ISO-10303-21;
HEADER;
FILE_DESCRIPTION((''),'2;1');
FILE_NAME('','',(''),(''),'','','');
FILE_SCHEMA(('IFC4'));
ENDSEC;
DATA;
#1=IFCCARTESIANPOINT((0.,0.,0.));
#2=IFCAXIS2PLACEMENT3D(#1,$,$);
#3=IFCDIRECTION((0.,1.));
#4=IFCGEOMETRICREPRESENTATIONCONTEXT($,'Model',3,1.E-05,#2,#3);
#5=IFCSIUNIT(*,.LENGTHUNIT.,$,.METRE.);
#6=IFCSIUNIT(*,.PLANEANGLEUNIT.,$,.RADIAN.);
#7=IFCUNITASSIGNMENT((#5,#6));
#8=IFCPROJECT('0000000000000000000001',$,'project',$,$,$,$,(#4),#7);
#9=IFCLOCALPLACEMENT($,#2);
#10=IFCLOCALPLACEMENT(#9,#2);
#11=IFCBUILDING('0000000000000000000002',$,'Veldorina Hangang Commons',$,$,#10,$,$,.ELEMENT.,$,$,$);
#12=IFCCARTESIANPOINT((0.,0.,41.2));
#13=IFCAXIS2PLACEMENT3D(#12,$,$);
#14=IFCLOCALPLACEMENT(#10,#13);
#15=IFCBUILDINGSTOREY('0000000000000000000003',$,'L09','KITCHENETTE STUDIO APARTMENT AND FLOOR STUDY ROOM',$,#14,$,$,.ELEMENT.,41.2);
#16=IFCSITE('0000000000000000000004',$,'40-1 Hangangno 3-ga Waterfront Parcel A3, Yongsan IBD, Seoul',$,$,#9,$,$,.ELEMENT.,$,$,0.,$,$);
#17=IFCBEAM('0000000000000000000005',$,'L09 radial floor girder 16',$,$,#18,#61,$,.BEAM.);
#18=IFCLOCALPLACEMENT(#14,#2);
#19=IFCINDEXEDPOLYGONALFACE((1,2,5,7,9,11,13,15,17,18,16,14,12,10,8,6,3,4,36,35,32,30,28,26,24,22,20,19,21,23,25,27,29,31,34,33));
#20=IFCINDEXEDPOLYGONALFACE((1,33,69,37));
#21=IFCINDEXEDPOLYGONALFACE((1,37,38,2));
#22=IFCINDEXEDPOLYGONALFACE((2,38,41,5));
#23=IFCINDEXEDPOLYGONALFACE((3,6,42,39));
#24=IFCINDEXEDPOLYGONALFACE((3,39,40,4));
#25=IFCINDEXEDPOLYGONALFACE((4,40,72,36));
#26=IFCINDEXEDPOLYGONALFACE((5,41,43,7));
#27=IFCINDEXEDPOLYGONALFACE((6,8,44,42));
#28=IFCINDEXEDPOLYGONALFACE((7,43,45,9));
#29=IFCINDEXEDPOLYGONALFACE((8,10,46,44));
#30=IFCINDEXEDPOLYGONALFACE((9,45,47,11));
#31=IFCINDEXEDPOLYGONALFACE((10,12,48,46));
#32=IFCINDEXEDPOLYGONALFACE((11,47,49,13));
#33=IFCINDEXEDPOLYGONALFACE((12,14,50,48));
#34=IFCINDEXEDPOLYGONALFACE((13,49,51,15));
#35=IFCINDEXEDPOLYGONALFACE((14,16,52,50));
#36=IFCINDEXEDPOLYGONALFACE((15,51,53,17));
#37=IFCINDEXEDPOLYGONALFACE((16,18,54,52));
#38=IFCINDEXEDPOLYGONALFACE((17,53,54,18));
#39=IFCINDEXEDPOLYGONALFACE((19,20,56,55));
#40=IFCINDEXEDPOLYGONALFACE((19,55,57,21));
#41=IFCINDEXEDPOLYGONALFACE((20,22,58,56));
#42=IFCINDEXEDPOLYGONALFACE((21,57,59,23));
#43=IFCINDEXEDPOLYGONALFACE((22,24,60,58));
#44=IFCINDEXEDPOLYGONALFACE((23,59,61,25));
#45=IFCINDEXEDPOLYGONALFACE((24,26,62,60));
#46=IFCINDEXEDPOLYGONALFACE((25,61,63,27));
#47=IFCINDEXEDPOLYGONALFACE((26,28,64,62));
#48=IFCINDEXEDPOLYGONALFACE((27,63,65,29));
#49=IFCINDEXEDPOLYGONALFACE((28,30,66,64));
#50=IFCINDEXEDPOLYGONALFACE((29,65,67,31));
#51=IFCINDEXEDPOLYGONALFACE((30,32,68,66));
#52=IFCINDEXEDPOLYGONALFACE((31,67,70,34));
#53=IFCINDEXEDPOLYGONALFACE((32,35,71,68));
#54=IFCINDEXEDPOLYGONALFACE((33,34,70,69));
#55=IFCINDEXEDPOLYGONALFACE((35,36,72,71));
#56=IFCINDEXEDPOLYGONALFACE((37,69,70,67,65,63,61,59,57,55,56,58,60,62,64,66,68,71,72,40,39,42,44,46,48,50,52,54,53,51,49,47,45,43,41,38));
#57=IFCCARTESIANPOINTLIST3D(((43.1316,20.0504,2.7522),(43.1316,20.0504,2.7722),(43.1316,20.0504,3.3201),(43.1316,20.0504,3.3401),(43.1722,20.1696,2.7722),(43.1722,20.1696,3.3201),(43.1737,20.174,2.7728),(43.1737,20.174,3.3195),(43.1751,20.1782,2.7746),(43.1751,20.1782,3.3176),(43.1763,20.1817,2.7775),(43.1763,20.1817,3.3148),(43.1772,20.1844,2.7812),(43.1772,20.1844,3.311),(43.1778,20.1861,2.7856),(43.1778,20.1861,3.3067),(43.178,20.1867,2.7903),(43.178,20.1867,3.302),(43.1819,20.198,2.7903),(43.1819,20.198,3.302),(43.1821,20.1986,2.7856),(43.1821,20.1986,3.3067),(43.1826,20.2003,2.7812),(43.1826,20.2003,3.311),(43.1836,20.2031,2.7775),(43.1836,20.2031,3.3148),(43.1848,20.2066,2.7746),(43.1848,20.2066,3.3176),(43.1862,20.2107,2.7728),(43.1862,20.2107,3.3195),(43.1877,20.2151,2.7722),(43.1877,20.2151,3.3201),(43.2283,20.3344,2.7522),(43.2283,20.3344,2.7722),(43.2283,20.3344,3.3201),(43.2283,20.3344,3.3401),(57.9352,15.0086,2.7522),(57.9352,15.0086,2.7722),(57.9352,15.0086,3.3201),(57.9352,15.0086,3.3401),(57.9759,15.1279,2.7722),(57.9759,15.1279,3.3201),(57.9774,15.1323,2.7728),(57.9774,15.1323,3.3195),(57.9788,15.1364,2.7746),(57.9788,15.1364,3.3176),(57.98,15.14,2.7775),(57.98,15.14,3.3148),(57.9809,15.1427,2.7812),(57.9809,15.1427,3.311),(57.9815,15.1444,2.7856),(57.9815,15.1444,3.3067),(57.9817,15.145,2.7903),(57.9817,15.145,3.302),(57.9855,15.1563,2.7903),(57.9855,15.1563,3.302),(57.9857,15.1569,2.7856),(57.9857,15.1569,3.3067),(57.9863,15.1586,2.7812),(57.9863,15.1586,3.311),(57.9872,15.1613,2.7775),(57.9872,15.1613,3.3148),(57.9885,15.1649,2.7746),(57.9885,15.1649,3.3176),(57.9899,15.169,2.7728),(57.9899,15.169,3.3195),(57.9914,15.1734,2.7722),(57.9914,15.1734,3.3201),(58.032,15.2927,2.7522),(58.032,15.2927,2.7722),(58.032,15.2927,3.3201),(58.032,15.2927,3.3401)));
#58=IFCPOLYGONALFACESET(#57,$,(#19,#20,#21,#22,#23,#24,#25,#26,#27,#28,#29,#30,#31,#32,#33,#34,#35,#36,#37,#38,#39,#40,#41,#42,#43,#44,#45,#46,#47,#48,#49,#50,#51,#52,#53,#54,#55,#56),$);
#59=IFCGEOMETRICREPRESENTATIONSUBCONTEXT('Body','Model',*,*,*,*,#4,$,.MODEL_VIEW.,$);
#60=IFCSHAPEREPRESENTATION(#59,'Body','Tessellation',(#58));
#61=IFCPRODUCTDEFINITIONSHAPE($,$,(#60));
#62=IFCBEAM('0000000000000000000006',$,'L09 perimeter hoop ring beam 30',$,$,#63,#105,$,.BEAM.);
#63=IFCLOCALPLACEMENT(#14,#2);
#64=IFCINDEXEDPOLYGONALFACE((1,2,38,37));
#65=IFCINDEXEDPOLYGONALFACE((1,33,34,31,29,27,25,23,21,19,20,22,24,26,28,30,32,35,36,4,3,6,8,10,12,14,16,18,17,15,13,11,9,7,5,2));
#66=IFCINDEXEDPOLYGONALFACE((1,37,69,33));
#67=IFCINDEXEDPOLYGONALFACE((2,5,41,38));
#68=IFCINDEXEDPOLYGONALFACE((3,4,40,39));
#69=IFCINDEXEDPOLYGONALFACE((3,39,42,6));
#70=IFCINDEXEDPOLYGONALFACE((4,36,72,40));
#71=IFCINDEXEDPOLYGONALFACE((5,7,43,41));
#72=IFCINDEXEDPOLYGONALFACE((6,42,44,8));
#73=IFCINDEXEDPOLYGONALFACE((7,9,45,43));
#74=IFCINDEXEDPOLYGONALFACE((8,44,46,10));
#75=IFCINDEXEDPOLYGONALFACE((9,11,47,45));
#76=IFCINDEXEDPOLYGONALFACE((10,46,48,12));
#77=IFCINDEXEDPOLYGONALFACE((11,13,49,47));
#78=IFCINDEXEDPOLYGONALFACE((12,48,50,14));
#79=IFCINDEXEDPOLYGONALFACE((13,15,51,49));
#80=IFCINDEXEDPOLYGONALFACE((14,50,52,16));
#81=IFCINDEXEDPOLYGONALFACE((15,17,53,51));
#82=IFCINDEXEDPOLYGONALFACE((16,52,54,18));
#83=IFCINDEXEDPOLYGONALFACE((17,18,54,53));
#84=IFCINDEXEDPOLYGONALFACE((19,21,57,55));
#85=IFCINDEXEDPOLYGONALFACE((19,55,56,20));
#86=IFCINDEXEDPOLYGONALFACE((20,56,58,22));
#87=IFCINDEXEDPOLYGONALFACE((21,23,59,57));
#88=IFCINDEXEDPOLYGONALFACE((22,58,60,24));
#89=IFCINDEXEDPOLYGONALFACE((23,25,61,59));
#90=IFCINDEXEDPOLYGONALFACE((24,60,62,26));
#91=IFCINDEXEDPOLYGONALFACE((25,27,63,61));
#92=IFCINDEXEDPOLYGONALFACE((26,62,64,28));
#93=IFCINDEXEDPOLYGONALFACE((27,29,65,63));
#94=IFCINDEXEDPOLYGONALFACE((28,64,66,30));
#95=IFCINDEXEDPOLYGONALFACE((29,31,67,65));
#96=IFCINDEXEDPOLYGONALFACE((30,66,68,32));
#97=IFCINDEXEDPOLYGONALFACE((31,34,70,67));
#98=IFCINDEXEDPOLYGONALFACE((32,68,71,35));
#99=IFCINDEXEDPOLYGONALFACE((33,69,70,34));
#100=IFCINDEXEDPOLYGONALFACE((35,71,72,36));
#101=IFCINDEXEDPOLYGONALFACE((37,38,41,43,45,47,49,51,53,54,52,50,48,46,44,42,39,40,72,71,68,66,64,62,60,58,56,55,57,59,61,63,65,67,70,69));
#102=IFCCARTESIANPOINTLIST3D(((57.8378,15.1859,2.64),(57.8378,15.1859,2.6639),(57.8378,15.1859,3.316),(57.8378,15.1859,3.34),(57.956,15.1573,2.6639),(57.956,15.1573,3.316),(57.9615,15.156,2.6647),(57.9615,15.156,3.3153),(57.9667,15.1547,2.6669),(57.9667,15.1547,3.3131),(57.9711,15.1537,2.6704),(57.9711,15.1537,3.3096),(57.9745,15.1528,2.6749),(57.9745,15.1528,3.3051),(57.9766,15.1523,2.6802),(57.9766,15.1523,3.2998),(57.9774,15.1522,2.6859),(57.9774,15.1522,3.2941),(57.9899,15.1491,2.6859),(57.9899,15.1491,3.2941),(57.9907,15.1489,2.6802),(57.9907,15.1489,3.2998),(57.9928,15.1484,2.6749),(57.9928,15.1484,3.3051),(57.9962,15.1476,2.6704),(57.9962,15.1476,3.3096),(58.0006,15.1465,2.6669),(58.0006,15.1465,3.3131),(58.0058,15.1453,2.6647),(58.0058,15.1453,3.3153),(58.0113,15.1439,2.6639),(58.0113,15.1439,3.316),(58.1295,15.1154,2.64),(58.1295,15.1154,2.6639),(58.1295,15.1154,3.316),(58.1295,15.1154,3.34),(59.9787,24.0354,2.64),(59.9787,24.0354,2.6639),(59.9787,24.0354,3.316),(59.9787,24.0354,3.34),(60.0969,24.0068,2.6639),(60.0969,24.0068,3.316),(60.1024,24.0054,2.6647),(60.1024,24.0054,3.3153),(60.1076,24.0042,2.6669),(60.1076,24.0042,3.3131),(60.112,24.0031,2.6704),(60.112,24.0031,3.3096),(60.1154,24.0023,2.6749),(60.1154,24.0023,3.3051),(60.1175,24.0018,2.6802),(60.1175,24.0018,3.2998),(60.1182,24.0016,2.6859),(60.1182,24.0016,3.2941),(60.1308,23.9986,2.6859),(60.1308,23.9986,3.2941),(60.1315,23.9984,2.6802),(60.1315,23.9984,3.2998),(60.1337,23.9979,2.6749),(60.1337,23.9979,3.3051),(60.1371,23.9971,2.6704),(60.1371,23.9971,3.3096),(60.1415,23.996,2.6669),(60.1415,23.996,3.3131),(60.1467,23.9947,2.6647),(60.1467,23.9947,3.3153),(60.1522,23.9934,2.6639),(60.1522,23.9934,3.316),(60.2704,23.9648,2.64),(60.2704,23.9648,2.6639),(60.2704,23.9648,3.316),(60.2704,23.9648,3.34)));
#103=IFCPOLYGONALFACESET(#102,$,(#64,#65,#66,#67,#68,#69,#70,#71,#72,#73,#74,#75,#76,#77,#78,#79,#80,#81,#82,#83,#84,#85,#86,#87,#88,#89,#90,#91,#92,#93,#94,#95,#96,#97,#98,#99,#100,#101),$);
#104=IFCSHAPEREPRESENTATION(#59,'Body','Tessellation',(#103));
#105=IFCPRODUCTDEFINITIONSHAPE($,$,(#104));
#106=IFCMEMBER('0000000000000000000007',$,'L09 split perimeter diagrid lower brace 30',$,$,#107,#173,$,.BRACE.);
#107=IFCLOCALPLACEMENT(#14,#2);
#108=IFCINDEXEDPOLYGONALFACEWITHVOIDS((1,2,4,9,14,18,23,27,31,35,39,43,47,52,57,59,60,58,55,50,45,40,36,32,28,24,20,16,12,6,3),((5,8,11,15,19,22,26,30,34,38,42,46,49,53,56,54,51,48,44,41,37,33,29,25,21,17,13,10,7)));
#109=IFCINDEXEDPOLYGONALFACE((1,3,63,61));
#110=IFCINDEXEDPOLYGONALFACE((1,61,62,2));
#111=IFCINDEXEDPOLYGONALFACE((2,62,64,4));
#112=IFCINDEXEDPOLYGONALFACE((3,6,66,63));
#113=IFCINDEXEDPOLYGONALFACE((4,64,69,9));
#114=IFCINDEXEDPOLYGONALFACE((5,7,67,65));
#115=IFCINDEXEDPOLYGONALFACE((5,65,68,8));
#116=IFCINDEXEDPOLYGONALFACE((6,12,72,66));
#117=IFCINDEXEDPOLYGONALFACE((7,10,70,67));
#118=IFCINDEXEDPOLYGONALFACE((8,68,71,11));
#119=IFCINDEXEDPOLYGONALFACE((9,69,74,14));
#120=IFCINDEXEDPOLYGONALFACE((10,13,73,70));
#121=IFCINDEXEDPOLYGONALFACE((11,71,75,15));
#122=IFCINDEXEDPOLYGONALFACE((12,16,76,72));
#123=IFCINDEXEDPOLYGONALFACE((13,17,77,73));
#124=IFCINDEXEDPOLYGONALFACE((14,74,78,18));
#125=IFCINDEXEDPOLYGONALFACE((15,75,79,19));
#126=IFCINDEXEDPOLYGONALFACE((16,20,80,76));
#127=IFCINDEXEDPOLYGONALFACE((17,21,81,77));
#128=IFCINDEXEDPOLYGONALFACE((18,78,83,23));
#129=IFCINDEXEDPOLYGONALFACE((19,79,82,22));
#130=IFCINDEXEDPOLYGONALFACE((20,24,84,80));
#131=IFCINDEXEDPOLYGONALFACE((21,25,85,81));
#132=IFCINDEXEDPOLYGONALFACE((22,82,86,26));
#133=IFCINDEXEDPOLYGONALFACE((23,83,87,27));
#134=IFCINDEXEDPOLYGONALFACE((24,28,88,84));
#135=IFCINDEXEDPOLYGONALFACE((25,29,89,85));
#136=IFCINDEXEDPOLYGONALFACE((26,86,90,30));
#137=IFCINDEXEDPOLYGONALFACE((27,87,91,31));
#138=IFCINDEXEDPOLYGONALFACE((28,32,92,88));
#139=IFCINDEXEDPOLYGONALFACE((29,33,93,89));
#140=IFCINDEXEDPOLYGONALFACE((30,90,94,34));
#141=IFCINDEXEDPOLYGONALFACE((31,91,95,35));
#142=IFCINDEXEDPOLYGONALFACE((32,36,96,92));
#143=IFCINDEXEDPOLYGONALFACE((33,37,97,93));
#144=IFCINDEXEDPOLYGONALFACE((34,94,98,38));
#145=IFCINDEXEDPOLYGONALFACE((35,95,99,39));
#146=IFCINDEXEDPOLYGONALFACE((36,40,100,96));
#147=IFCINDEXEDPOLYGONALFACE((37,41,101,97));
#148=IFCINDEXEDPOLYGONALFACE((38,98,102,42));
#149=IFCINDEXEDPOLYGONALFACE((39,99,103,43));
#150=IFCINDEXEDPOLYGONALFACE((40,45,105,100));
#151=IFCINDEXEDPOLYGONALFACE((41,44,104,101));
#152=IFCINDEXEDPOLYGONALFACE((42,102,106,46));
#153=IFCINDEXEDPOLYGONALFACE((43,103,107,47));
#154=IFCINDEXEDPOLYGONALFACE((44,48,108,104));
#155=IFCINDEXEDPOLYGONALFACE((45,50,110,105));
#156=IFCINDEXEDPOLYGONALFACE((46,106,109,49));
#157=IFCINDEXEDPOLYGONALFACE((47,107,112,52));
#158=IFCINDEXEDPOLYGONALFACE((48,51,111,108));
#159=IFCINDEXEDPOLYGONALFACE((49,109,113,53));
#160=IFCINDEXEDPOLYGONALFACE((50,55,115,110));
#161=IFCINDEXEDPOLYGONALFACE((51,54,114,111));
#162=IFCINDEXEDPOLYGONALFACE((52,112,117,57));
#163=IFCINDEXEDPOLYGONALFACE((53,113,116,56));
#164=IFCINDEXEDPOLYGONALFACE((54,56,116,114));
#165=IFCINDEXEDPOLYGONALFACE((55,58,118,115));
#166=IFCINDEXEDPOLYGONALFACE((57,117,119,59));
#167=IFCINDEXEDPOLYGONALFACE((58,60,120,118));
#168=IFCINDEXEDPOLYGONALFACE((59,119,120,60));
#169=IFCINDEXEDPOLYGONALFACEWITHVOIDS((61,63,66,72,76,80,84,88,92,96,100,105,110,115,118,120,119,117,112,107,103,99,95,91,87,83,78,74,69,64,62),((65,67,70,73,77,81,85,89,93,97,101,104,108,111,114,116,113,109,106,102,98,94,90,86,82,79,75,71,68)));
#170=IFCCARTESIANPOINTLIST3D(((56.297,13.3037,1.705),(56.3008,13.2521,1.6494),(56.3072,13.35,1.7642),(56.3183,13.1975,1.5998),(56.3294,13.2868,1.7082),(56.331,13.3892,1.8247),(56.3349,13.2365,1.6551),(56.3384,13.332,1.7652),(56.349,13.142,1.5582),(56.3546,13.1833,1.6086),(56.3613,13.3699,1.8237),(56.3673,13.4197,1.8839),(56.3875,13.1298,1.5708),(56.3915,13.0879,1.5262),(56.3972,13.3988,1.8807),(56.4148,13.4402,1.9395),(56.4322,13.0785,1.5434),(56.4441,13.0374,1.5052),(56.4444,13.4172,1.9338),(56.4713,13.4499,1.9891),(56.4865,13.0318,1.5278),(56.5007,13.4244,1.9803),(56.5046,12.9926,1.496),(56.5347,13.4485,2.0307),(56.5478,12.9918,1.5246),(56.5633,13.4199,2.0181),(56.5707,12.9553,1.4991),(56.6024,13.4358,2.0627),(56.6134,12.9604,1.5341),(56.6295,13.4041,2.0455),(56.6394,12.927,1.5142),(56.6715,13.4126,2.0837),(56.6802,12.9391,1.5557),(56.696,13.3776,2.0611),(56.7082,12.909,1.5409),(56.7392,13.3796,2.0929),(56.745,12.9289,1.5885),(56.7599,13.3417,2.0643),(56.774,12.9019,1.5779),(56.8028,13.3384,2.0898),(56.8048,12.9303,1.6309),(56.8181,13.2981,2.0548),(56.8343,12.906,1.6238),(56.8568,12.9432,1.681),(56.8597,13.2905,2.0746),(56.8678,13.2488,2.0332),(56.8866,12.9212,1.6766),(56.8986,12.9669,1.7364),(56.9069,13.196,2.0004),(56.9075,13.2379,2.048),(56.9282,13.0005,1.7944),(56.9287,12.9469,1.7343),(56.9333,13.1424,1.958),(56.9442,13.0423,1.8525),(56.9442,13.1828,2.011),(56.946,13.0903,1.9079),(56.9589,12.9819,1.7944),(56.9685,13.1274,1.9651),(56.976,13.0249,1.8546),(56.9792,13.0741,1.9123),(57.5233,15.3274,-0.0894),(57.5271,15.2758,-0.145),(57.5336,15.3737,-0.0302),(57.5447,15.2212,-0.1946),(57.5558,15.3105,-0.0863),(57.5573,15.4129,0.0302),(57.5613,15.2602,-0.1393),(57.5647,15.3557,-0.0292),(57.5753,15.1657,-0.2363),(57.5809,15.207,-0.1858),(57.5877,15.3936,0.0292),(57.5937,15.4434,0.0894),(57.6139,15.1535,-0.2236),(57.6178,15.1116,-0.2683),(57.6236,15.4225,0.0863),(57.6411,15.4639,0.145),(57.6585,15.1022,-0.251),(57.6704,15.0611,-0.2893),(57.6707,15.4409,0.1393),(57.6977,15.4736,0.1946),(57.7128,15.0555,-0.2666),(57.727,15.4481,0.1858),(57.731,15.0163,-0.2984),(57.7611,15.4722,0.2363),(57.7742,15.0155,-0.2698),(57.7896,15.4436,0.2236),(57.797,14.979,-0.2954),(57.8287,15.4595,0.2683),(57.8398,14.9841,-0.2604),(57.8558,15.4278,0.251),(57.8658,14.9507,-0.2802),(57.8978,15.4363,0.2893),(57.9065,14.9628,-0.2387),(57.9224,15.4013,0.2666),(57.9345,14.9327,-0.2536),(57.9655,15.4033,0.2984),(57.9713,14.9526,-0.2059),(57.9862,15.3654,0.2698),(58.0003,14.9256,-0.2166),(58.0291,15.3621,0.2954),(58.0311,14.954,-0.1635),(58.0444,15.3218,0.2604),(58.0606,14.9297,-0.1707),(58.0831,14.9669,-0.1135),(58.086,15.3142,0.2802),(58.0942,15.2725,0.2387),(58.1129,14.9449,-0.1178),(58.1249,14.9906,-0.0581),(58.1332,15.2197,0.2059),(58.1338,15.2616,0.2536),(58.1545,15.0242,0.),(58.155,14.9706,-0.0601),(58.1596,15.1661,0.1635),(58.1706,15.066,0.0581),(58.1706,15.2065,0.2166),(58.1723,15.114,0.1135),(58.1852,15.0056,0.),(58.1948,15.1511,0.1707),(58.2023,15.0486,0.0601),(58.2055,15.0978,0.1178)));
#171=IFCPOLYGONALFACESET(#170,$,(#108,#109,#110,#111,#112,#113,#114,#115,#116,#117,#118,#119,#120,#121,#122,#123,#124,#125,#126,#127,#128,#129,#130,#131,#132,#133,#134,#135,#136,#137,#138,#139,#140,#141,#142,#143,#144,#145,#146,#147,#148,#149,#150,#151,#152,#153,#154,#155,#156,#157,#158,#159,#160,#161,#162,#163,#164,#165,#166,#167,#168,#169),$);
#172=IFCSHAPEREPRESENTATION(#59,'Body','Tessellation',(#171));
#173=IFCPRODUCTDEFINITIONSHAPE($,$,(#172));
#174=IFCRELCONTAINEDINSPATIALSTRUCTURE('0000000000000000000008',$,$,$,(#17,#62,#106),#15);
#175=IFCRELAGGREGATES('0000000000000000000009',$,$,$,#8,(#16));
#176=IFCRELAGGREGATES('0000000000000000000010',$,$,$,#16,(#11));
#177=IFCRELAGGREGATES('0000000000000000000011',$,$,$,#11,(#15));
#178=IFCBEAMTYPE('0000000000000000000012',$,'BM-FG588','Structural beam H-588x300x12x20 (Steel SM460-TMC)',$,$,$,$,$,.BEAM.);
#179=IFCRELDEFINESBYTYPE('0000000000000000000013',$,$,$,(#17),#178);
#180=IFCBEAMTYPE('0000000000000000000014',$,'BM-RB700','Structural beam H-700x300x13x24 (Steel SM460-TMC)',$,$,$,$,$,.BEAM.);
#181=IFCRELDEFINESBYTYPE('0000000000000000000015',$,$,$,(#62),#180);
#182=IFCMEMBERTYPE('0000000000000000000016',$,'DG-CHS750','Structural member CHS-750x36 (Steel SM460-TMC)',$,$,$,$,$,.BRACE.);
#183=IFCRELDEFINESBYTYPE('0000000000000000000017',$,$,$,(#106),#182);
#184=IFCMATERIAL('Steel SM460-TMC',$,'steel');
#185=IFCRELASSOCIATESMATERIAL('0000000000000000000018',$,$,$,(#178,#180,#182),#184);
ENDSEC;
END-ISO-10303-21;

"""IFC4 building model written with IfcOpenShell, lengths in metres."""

from ifc_helpers import new_model, si_unit, direction, frame, origin, origin_2d, place, context, subcontext, project, spatial, hollow_circle, i_section, extrude, material, material_profile, profile_set, type_object, element, save


model = new_model("IFC4")

# Units and contexts
model_context = context("Model", 3, precision=1e-05, world=origin(), true_north=direction((0.0, 1.0)))
body_context = subcontext(model_context, "Body", "Model", "MODEL_VIEW")
ifc_project = project(units=[si_unit("LENGTHUNIT", "METRE"), si_unit("PLANEANGLEUNIT", "RADIAN")], contexts=[model_context])

# Site, building, storey
site_placement = place(None, origin())
site = spatial("IfcSite", under=ifc_project, at=site_placement, Name="40-1 Hangangno 3-ga Waterfront Parcel A3, Yongsan IBD, Seoul", CompositionType="ELEMENT", RefElevation=0.0)
building_placement = place(site_placement, origin())
building = spatial("IfcBuilding", under=site, at=building_placement, Name="Veldorina Hangang Commons", CompositionType="ELEMENT")
storey_placement = place(building_placement, frame((0.0, 0.0, 41.2)))
storey = spatial("IfcBuildingStorey", under=building, at=storey_placement, Name="L09", Description="KITCHENETTE STUDIO APARTMENT AND FLOOR STUDY ROOM", CompositionType="ELEMENT", Elevation=41.2)

# Beams
ifc_material_1 = material(Name="Steel SM460-TMC", Category="steel")
ifc_material_profile_1 = material_profile(ifc_material_1, i_section(OverallWidth=0.3, OverallDepth=0.5879, WebThickness=0.012, FlangeThickness=0.02, FilletRadius=0.0181, at=origin_2d()), Name="H-588x300x12x20")
ifc_profile_set_1 = profile_set([ifc_material_profile_1], Name="Steel SM460-TMC")
beam_type_1 = type_object("IfcBeamType", Name="BM-FG588", Description="Structural beam H-588x300x12x20 (Steel SM460-TMC)", PredefinedType="BEAM", material=ifc_profile_set_1)
beam_1_placement = place(storey_placement, frame((43.1799, 20.1924, 3.0461), z_axis=(0.946607, -0.322389, 0.0), x_axis=(0.322389, 0.946607, 0.0)))
element("IfcBeam", 1, at=beam_1_placement, inside=storey, type_object=beam_type_1, Name="L09 radial floor girder 16", PredefinedType="BEAM", context=body_context, shape_type="SweptSolid", body=[
    extrude(i_section(OverallWidth=0.3, OverallDepth=0.5879, WebThickness=0.012, FlangeThickness=0.02, FilletRadius=0.0181, at=origin_2d()), origin(), (0.0, 0.0, 1.0), 15.6387),
])
ifc_material_profile_2 = material_profile(ifc_material_1, i_section(OverallWidth=0.3, OverallDepth=0.7, WebThickness=0.0129, FlangeThickness=0.0239, FilletRadius=0.022, at=origin_2d()), Name="H-700x300x13x24")
ifc_profile_set_2 = profile_set([ifc_material_profile_2], Name="Steel SM460-TMC")
beam_type_2 = type_object("IfcBeamType", Name="BM-RB700", Description="Structural beam H-700x300x13x24 (Steel SM460-TMC)", PredefinedType="BEAM", material=ifc_profile_set_2)
beam_2_placement = place(storey_placement, frame((57.9836, 15.1506, 2.99), z_axis=(0.23514, 0.971961, 0.0), x_axis=(-0.971961, 0.23514, 0.0)))
element("IfcBeam", 2, at=beam_2_placement, inside=storey, type_object=beam_type_2, Name="L09 perimeter hoop ring beam 30", PredefinedType="BEAM", context=body_context, shape_type="SweptSolid", body=[
    extrude(i_section(OverallWidth=0.3, OverallDepth=0.7, WebThickness=0.0129, FlangeThickness=0.0239, FilletRadius=0.022, at=origin_2d()), origin(), (0.0, 0.0, 1.0), 9.1047),
])

# Member
ifc_material_profile_3 = material_profile(ifc_material_1, hollow_circle(Radius=0.375, WallThickness=0.0359, at=origin_2d()), Name="CHS-750x36")
ifc_profile_set_3 = profile_set([ifc_material_profile_3], Name="Steel SM460-TMC")
member_type = type_object("IfcMemberType", Name="DG-CHS750", Description="Structural member CHS-750x36 (Steel SM460-TMC)", PredefinedType="BRACE", material=ifc_profile_set_3)
member_1_placement = place(storey_placement, frame((57.8645, 15.2, 0.0), z_axis=(-0.412943, -0.681442, 0.604247), x_axis=(0.855227, -0.518254, 0.0)))
element("IfcMember", 3, at=member_1_placement, inside=storey, type_object=member_type, Name="L09 split perimeter diagrid lower brace 30", PredefinedType="BRACE", context=body_context, shape_type="SweptSolid", body=[
    extrude(hollow_circle(Radius=0.375, WallThickness=0.0359, at=origin_2d()), origin(), (0.0, 0.0, 1.0), 2.9697),
])

save(model, "model.ifc")
